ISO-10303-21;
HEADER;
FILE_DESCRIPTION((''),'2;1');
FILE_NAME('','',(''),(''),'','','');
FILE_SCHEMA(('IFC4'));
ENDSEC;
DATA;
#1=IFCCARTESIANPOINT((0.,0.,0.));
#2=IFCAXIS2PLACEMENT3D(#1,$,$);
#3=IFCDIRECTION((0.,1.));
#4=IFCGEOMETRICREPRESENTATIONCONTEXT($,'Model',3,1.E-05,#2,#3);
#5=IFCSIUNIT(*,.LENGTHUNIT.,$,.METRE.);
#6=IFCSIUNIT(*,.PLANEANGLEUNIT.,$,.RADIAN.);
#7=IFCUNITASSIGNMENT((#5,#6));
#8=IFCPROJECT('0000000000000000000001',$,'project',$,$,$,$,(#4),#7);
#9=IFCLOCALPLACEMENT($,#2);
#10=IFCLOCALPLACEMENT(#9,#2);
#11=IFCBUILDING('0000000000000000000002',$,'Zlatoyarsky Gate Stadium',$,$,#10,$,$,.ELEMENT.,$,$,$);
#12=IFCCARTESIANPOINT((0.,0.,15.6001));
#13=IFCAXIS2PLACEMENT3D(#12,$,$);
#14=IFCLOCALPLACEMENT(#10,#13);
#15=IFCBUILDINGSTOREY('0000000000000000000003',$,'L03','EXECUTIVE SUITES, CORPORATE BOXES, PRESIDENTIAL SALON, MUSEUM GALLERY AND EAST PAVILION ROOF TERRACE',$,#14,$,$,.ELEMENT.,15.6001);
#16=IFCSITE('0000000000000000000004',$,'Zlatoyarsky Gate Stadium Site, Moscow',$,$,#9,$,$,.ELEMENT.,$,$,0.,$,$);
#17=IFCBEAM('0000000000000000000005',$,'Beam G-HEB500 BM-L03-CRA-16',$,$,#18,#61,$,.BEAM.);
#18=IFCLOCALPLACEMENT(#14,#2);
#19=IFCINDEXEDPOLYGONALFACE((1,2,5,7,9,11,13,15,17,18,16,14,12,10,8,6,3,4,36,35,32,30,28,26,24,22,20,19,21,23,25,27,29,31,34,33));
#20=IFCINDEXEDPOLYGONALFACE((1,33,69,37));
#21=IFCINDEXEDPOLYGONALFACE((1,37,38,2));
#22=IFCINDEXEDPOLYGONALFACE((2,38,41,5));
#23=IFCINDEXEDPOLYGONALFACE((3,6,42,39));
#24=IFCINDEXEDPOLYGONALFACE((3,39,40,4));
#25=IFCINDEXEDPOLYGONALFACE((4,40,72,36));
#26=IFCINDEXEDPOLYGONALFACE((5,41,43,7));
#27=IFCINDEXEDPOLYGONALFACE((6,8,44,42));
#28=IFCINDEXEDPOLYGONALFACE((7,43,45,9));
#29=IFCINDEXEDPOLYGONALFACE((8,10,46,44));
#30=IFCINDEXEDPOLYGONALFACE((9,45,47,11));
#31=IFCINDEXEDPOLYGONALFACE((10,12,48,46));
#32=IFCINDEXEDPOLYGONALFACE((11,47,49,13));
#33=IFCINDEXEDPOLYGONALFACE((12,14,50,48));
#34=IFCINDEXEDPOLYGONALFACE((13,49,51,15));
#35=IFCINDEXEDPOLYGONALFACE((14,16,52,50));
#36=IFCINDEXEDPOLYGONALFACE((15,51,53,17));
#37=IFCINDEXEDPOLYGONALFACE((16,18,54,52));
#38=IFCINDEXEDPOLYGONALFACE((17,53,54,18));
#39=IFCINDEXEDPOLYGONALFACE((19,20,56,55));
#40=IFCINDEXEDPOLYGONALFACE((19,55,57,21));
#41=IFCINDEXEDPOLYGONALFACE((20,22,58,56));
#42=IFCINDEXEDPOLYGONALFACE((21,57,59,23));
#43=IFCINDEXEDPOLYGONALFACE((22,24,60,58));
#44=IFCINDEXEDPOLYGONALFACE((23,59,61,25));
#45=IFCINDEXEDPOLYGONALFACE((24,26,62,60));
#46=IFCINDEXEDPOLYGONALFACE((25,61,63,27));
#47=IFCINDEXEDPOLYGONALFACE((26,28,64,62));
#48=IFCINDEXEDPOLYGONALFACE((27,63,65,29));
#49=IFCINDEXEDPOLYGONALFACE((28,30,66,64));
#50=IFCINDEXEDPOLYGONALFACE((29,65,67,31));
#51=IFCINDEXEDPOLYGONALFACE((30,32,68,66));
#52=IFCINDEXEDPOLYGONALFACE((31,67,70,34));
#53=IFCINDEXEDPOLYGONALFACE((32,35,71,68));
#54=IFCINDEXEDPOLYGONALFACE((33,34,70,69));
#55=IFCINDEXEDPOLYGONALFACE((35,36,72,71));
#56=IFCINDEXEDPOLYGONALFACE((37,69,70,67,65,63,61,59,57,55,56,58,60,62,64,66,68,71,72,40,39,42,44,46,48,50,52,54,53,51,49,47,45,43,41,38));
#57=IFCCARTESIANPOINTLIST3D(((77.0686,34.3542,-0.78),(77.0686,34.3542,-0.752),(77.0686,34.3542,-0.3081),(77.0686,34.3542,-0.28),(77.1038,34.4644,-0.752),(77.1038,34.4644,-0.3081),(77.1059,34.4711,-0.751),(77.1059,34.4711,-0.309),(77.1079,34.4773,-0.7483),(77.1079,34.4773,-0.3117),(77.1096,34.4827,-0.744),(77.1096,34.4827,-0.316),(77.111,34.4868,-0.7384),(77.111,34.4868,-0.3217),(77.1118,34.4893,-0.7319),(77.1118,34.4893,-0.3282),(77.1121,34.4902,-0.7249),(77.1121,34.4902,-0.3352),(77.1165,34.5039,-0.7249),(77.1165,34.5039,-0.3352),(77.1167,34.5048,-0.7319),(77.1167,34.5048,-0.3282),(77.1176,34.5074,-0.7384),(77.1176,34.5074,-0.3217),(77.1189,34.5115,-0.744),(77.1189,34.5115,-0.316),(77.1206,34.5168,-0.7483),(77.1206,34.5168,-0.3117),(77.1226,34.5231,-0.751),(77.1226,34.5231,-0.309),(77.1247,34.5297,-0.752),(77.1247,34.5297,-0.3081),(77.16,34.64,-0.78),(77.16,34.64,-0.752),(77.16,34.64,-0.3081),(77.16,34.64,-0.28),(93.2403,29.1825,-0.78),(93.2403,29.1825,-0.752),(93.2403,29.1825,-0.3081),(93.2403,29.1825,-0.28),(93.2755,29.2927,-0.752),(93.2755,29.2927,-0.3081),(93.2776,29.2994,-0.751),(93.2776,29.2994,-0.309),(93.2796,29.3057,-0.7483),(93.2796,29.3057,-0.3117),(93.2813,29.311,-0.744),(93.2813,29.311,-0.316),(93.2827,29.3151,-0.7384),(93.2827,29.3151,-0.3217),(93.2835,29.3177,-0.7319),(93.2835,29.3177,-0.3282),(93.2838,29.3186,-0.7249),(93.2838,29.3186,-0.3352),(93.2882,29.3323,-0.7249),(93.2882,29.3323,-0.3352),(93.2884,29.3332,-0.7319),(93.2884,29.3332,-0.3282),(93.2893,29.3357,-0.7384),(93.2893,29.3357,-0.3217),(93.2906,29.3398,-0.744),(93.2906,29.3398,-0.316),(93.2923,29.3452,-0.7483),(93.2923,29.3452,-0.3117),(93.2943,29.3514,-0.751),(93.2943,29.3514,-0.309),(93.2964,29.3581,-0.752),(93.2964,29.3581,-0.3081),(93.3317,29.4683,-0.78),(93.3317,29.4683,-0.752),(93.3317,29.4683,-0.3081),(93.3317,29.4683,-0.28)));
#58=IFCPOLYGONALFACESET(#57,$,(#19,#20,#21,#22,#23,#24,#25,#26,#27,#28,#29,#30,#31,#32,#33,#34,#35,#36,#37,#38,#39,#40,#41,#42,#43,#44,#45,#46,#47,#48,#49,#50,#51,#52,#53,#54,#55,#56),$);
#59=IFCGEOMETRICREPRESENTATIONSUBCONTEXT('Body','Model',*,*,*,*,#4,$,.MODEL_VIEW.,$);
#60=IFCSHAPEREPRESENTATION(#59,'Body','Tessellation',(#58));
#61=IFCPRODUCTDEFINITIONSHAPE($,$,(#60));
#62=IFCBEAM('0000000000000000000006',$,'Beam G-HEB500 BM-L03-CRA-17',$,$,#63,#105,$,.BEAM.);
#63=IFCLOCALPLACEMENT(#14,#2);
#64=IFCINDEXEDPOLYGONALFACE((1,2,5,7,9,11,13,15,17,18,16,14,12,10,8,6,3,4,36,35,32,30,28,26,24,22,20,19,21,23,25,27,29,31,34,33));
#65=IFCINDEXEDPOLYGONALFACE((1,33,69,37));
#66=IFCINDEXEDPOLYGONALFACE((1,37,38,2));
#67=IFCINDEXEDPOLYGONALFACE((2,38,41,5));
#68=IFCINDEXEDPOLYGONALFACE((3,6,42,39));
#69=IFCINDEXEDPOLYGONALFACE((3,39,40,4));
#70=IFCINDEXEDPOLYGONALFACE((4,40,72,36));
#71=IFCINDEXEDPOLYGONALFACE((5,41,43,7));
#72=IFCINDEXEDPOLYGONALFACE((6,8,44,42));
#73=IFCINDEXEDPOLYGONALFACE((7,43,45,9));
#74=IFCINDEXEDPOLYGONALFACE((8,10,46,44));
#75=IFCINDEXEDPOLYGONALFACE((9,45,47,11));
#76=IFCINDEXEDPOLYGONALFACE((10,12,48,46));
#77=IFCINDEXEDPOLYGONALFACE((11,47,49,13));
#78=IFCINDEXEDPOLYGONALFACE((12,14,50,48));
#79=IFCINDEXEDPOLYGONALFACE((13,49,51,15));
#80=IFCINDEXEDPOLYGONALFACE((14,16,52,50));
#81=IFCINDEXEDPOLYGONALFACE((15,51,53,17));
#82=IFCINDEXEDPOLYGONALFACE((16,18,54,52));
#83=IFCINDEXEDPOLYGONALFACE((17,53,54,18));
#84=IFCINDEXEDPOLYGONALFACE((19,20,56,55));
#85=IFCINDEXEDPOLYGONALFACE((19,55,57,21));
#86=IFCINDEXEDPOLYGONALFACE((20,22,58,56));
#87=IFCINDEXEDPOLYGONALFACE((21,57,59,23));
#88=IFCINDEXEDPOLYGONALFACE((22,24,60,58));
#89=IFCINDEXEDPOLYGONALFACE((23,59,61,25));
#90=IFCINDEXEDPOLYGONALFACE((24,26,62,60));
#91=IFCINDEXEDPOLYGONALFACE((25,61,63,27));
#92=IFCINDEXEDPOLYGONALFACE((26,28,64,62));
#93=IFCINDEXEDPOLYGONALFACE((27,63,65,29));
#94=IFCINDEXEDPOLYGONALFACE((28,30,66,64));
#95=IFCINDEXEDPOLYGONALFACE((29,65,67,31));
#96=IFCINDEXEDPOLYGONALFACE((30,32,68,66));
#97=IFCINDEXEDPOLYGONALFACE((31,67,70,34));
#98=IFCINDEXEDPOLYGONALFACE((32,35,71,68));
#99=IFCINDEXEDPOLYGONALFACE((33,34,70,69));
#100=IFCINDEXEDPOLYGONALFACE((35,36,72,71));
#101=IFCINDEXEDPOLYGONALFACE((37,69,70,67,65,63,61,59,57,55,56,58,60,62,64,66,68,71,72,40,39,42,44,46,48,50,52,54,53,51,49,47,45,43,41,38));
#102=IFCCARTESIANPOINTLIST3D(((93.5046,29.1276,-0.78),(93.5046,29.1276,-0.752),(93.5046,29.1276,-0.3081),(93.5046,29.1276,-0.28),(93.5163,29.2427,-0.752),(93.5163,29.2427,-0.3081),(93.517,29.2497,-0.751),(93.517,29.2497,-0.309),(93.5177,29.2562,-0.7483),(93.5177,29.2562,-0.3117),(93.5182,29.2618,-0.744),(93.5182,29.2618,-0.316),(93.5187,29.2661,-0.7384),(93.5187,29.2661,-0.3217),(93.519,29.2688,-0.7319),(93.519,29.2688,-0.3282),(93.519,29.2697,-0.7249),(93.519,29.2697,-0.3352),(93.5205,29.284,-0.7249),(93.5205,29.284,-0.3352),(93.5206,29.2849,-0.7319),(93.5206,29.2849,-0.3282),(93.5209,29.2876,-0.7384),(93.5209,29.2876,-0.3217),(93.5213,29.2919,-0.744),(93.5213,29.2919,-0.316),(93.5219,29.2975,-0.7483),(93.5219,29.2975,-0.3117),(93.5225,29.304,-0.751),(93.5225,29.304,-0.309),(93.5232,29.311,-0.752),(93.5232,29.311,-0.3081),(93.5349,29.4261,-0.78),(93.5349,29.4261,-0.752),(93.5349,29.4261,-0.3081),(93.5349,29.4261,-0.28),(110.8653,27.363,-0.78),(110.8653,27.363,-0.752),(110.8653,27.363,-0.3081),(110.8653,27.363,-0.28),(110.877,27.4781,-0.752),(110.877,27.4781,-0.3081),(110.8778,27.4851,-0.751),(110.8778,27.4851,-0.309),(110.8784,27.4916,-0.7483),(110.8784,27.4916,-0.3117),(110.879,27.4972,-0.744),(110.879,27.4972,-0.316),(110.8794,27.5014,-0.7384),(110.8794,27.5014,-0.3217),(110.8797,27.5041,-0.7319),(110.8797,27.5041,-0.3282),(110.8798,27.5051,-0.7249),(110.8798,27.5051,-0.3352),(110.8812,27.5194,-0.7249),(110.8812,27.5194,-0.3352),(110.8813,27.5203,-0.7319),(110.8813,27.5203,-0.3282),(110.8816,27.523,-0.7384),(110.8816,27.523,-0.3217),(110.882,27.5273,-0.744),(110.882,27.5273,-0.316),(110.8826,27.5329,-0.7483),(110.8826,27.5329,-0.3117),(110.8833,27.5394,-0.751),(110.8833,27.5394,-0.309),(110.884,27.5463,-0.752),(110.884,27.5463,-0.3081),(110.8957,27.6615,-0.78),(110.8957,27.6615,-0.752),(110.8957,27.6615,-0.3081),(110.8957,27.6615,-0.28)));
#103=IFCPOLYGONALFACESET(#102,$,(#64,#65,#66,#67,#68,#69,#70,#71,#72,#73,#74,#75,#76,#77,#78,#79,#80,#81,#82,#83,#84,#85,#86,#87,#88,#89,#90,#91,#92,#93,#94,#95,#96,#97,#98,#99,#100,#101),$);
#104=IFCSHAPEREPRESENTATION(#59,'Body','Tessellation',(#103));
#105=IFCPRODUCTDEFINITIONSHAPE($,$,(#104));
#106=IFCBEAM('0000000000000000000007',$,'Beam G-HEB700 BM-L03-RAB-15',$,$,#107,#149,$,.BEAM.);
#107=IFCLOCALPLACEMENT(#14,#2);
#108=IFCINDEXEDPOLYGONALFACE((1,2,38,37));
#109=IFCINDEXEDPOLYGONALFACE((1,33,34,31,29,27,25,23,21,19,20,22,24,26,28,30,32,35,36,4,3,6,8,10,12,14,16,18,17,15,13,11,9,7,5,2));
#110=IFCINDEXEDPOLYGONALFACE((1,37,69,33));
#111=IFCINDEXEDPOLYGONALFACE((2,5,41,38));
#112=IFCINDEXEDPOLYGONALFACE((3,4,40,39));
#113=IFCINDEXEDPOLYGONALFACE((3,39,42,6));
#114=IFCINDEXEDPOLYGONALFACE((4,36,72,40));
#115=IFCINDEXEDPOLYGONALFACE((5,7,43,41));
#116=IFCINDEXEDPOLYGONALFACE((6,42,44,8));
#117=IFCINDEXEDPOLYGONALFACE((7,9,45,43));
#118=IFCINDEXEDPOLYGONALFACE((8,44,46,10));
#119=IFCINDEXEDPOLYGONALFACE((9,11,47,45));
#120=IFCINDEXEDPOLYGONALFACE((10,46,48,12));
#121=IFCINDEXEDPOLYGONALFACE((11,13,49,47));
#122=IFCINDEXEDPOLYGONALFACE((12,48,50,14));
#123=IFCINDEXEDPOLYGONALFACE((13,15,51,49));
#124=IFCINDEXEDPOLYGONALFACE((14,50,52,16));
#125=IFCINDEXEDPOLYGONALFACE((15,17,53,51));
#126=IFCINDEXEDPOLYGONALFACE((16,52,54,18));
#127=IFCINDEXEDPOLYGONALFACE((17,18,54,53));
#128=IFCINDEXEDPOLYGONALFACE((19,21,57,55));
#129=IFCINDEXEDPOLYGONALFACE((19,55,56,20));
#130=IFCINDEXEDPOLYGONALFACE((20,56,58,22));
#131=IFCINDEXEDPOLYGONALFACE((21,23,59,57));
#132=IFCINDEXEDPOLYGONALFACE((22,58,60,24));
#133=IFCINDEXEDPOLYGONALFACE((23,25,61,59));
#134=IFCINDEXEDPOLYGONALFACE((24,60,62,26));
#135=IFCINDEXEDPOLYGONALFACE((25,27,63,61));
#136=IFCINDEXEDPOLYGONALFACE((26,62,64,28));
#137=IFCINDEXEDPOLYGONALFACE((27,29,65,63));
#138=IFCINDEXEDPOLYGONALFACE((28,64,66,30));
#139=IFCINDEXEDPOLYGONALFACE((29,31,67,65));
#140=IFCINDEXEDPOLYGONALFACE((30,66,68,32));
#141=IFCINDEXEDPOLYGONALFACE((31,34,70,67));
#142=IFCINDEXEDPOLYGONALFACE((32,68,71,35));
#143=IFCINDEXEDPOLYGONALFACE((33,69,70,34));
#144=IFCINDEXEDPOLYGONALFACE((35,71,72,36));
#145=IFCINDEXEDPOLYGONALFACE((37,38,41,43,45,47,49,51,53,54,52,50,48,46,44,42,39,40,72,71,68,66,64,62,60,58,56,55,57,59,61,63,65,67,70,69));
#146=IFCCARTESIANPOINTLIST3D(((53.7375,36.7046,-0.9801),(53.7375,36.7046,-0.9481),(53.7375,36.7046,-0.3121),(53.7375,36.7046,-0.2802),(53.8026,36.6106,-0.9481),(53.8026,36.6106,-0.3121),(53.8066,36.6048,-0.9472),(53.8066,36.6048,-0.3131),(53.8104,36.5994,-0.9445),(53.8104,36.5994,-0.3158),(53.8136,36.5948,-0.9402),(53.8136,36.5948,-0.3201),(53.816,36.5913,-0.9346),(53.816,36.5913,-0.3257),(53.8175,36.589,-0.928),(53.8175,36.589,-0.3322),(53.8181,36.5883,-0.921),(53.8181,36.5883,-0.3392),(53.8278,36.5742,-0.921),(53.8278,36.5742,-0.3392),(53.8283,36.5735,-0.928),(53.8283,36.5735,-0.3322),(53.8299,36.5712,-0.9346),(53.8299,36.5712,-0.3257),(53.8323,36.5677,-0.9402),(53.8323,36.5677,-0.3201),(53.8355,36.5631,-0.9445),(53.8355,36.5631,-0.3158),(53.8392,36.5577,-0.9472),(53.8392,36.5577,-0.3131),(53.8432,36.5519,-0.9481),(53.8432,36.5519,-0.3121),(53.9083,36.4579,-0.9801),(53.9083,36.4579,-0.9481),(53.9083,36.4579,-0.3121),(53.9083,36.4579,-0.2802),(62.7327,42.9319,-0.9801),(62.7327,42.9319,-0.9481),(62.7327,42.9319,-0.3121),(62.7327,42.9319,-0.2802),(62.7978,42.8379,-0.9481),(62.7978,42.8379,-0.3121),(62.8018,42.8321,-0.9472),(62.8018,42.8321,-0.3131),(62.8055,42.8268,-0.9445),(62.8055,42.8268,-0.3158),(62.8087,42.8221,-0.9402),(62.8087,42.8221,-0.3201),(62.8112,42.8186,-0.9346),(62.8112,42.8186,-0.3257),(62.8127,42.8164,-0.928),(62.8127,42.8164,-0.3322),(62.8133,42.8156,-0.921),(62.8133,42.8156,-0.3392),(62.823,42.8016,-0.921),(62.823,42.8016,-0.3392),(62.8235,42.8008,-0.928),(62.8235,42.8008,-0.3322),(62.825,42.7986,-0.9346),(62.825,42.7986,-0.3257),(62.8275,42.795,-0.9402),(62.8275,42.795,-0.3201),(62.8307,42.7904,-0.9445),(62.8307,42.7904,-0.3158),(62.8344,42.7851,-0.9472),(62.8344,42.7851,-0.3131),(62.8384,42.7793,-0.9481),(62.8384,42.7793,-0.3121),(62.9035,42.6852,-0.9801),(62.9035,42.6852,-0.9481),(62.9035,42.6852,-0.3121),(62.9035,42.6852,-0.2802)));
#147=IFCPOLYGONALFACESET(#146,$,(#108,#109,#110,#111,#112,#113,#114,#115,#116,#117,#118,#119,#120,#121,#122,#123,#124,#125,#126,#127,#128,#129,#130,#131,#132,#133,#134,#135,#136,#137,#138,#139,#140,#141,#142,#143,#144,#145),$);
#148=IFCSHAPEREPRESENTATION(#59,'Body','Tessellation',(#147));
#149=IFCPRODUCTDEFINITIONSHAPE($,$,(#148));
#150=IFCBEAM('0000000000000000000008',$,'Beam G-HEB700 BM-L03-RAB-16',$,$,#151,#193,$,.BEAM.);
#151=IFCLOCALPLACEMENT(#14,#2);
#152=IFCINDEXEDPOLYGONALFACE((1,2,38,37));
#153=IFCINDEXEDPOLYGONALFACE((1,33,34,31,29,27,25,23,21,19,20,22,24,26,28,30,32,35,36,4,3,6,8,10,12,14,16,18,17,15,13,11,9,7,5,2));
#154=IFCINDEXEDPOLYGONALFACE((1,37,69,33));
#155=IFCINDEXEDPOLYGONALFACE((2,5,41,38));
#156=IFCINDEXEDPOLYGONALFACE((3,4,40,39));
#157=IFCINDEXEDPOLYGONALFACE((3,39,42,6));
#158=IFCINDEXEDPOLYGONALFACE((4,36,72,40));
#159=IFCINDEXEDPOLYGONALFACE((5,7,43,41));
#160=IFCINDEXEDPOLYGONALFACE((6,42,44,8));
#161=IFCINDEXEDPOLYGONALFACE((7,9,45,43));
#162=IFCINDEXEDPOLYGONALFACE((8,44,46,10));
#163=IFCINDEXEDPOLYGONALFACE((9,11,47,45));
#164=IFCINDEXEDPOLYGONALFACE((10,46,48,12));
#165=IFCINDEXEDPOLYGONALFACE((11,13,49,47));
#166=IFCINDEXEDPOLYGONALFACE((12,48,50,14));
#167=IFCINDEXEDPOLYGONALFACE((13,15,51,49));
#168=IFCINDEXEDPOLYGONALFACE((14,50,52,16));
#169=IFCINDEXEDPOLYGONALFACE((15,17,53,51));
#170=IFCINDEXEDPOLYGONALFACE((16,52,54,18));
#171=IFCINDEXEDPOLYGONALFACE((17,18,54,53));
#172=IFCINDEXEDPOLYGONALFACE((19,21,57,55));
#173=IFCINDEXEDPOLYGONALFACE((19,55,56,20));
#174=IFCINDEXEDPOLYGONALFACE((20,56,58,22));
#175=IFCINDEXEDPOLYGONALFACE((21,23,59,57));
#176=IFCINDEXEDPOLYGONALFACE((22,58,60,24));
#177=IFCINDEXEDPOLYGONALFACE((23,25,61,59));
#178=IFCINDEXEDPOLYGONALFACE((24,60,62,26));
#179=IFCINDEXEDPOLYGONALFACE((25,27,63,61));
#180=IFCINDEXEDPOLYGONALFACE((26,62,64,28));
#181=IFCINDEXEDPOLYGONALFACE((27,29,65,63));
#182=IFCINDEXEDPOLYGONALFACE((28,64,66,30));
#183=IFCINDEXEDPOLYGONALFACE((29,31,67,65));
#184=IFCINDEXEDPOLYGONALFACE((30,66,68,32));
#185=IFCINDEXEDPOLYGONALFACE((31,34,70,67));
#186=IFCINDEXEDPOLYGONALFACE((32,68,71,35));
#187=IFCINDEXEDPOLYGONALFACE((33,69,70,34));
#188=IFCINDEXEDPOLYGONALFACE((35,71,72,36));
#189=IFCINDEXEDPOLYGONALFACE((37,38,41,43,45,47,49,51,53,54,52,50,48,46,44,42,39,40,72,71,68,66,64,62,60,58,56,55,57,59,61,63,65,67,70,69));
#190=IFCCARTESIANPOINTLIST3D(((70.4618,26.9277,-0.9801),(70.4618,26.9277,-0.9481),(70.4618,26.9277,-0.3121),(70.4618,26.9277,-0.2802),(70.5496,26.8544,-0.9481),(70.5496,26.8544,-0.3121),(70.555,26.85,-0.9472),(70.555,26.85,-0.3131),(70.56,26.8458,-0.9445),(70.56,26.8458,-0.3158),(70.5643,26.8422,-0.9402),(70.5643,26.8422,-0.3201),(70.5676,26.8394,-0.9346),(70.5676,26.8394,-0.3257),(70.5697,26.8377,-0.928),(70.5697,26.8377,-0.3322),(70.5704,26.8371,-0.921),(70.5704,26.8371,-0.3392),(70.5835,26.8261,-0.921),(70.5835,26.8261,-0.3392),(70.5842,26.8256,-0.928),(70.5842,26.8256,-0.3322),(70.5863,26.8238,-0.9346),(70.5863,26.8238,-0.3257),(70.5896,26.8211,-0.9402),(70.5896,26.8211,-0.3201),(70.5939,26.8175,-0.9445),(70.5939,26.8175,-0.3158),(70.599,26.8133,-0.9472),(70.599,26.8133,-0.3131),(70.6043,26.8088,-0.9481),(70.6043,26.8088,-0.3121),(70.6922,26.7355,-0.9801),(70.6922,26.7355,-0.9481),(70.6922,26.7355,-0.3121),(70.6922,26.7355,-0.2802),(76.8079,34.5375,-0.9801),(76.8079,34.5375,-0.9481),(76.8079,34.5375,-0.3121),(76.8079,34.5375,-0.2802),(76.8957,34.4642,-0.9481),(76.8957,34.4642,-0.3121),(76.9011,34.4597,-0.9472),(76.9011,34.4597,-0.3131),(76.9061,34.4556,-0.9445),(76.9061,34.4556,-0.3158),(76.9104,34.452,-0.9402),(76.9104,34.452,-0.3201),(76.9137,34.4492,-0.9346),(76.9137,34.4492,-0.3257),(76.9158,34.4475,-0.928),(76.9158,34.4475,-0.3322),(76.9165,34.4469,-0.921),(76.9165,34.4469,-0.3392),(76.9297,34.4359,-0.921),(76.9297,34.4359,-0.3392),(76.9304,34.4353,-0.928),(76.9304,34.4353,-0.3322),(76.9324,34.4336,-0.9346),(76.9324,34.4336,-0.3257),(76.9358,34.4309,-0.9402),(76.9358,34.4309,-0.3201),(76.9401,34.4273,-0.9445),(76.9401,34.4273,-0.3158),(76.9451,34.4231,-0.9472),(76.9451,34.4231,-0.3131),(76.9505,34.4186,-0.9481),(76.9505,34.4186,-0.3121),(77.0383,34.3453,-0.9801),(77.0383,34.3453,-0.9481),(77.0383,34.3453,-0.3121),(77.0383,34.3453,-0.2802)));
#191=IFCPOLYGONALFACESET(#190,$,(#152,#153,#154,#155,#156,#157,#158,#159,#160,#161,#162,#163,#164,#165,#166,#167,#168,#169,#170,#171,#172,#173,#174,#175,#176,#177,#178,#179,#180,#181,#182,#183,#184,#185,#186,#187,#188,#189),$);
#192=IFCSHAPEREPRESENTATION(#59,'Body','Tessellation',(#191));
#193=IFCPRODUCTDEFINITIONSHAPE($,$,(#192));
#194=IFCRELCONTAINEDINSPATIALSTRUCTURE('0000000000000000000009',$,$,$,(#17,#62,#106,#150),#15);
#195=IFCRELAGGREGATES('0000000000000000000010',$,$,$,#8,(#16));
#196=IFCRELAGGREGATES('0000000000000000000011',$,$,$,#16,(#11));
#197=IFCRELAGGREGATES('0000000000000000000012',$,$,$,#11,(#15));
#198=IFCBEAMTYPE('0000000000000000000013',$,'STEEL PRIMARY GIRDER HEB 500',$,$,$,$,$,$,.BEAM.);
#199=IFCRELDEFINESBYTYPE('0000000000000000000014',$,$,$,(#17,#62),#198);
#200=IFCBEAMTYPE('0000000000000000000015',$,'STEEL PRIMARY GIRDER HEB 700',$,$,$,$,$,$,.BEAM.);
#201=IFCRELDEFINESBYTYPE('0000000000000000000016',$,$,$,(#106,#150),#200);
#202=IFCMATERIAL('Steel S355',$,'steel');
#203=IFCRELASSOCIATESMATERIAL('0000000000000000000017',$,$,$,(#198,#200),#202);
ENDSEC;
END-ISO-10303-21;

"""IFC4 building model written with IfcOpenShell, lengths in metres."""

from ifc_helpers import new_model, si_unit, direction, frame, origin, origin_2d, place, context, subcontext, project, spatial, i_section, extrude, material, material_profile, profile_set, type_object, element, save


model = new_model("IFC4")

# Units and contexts
model_context = context("Model", 3, precision=1e-05, world=origin(), true_north=direction((0.0, 1.0)))
body_context = subcontext(model_context, "Body", "Model", "MODEL_VIEW")
ifc_project = project(units=[si_unit("LENGTHUNIT", "METRE"), si_unit("PLANEANGLEUNIT", "RADIAN")], contexts=[model_context])

# Site, building, storey
site_placement = place(None, origin())
site = spatial("IfcSite", under=ifc_project, at=site_placement, Name="Zlatoyarsky Gate Stadium Site, Moscow", CompositionType="ELEMENT", RefElevation=0.0)
building_placement = place(site_placement, origin())
building = spatial("IfcBuilding", under=site, at=building_placement, Name="Zlatoyarsky Gate Stadium", CompositionType="ELEMENT")
storey_placement = place(building_placement, frame((0.0, 0.0, 15.6001)))
storey = spatial("IfcBuildingStorey", under=building, at=storey_placement, Name="L03", Description="EXECUTIVE SUITES, CORPORATE BOXES, PRESIDENTIAL SALON, MUSEUM GALLERY AND EAST PAVILION ROOF TERRACE", CompositionType="ELEMENT", Elevation=15.6001)

# Shared definitions
ifc_material_1 = material(Name="Steel S355", Category="steel")

# Beams
ifc_material_profile_1 = material_profile(ifc_material_1, i_section(OverallWidth=0.3, OverallDepth=0.5, WebThickness=0.0144, FlangeThickness=0.0281, FilletRadius=0.0271, at=origin_2d()), Name="HEB 500")
ifc_profile_set_1 = profile_set([ifc_material_profile_1], Name="Steel S355")
beam_type_1 = type_object("IfcBeamType", Name="STEEL PRIMARY GIRDER HEB 500", PredefinedType="BEAM", material=ifc_profile_set_1)
beam_1_placement = place(storey_placement, frame((77.1143, 34.4971, -0.53), z_axis=(0.95248, -0.3046, 0.0), x_axis=(0.3046, 0.95248, 0.0)))
element("IfcBeam", 1, at=beam_1_placement, inside=storey, type_object=beam_type_1, Name="Beam G-HEB500 BM-L03-CRA-16", PredefinedType="BEAM", context=body_context, shape_type="SweptSolid", body=[
    extrude(i_section(OverallWidth=0.3, OverallDepth=0.5, WebThickness=0.0144, FlangeThickness=0.0281, FilletRadius=0.0271, at=origin_2d()), origin(), (0.0, 0.0, 1.0), 16.9785),
])
beam_2_placement = place(storey_placement, frame((93.5198, 29.2769, -0.53), z_axis=(0.994874, -0.101124, 0.0), x_axis=(0.101124, 0.994874, 0.0)))
element("IfcBeam", 2, at=beam_2_placement, inside=storey, type_object=beam_type_1, Name="Beam G-HEB500 BM-L03-CRA-17", PredefinedType="BEAM", context=body_context, shape_type="SweptSolid", body=[
    extrude(i_section(OverallWidth=0.3, OverallDepth=0.5, WebThickness=0.0144, FlangeThickness=0.0281, FilletRadius=0.0271, at=origin_2d()), origin(), (0.0, 0.0, 1.0), 17.4502),
])
ifc_material_profile_2 = material_profile(ifc_material_1, i_section(OverallWidth=0.3, OverallDepth=0.7, WebThickness=0.0171, FlangeThickness=0.032, FilletRadius=0.0271, at=origin_2d()), Name="HEB 700")
ifc_profile_set_2 = profile_set([ifc_material_profile_2], Name="Steel S355")
beam_type_2 = type_object("IfcBeamType", Name="STEEL PRIMARY GIRDER HEB 700", PredefinedType="BEAM", material=ifc_profile_set_2)
beam_3_placement = place(storey_placement, frame((62.8181, 42.8086, -0.6301), z_axis=(-0.822196, -0.569204, 0.0), x_axis=(0.569204, -0.822196, 0.0)))
element("IfcBeam", 3, at=beam_3_placement, inside=storey, type_object=beam_type_2, Name="Beam G-HEB700 BM-L03-RAB-15", PredefinedType="BEAM", context=body_context, shape_type="SweptSolid", body=[
    extrude(i_section(OverallWidth=0.3, OverallDepth=0.7, WebThickness=0.0171, FlangeThickness=0.032, FilletRadius=0.0271, at=origin_2d()), origin(), (0.0, 0.0, 1.0), 10.9404),
])
beam_4_placement = place(storey_placement, frame((76.9231, 34.4414, -0.6301), z_axis=(-0.640461, -0.767991, 0.0), x_axis=(0.767991, -0.640461, 0.0)))
element("IfcBeam", 4, at=beam_4_placement, inside=storey, type_object=beam_type_2, Name="Beam G-HEB700 BM-L03-RAB-16", PredefinedType="BEAM", context=body_context, shape_type="SweptSolid", body=[
    extrude(i_section(OverallWidth=0.3, OverallDepth=0.7, WebThickness=0.0171, FlangeThickness=0.032, FilletRadius=0.0271, at=origin_2d()), origin(), (0.0, 0.0, 1.0), 9.9087),
])

save(model, "model.ifc")
